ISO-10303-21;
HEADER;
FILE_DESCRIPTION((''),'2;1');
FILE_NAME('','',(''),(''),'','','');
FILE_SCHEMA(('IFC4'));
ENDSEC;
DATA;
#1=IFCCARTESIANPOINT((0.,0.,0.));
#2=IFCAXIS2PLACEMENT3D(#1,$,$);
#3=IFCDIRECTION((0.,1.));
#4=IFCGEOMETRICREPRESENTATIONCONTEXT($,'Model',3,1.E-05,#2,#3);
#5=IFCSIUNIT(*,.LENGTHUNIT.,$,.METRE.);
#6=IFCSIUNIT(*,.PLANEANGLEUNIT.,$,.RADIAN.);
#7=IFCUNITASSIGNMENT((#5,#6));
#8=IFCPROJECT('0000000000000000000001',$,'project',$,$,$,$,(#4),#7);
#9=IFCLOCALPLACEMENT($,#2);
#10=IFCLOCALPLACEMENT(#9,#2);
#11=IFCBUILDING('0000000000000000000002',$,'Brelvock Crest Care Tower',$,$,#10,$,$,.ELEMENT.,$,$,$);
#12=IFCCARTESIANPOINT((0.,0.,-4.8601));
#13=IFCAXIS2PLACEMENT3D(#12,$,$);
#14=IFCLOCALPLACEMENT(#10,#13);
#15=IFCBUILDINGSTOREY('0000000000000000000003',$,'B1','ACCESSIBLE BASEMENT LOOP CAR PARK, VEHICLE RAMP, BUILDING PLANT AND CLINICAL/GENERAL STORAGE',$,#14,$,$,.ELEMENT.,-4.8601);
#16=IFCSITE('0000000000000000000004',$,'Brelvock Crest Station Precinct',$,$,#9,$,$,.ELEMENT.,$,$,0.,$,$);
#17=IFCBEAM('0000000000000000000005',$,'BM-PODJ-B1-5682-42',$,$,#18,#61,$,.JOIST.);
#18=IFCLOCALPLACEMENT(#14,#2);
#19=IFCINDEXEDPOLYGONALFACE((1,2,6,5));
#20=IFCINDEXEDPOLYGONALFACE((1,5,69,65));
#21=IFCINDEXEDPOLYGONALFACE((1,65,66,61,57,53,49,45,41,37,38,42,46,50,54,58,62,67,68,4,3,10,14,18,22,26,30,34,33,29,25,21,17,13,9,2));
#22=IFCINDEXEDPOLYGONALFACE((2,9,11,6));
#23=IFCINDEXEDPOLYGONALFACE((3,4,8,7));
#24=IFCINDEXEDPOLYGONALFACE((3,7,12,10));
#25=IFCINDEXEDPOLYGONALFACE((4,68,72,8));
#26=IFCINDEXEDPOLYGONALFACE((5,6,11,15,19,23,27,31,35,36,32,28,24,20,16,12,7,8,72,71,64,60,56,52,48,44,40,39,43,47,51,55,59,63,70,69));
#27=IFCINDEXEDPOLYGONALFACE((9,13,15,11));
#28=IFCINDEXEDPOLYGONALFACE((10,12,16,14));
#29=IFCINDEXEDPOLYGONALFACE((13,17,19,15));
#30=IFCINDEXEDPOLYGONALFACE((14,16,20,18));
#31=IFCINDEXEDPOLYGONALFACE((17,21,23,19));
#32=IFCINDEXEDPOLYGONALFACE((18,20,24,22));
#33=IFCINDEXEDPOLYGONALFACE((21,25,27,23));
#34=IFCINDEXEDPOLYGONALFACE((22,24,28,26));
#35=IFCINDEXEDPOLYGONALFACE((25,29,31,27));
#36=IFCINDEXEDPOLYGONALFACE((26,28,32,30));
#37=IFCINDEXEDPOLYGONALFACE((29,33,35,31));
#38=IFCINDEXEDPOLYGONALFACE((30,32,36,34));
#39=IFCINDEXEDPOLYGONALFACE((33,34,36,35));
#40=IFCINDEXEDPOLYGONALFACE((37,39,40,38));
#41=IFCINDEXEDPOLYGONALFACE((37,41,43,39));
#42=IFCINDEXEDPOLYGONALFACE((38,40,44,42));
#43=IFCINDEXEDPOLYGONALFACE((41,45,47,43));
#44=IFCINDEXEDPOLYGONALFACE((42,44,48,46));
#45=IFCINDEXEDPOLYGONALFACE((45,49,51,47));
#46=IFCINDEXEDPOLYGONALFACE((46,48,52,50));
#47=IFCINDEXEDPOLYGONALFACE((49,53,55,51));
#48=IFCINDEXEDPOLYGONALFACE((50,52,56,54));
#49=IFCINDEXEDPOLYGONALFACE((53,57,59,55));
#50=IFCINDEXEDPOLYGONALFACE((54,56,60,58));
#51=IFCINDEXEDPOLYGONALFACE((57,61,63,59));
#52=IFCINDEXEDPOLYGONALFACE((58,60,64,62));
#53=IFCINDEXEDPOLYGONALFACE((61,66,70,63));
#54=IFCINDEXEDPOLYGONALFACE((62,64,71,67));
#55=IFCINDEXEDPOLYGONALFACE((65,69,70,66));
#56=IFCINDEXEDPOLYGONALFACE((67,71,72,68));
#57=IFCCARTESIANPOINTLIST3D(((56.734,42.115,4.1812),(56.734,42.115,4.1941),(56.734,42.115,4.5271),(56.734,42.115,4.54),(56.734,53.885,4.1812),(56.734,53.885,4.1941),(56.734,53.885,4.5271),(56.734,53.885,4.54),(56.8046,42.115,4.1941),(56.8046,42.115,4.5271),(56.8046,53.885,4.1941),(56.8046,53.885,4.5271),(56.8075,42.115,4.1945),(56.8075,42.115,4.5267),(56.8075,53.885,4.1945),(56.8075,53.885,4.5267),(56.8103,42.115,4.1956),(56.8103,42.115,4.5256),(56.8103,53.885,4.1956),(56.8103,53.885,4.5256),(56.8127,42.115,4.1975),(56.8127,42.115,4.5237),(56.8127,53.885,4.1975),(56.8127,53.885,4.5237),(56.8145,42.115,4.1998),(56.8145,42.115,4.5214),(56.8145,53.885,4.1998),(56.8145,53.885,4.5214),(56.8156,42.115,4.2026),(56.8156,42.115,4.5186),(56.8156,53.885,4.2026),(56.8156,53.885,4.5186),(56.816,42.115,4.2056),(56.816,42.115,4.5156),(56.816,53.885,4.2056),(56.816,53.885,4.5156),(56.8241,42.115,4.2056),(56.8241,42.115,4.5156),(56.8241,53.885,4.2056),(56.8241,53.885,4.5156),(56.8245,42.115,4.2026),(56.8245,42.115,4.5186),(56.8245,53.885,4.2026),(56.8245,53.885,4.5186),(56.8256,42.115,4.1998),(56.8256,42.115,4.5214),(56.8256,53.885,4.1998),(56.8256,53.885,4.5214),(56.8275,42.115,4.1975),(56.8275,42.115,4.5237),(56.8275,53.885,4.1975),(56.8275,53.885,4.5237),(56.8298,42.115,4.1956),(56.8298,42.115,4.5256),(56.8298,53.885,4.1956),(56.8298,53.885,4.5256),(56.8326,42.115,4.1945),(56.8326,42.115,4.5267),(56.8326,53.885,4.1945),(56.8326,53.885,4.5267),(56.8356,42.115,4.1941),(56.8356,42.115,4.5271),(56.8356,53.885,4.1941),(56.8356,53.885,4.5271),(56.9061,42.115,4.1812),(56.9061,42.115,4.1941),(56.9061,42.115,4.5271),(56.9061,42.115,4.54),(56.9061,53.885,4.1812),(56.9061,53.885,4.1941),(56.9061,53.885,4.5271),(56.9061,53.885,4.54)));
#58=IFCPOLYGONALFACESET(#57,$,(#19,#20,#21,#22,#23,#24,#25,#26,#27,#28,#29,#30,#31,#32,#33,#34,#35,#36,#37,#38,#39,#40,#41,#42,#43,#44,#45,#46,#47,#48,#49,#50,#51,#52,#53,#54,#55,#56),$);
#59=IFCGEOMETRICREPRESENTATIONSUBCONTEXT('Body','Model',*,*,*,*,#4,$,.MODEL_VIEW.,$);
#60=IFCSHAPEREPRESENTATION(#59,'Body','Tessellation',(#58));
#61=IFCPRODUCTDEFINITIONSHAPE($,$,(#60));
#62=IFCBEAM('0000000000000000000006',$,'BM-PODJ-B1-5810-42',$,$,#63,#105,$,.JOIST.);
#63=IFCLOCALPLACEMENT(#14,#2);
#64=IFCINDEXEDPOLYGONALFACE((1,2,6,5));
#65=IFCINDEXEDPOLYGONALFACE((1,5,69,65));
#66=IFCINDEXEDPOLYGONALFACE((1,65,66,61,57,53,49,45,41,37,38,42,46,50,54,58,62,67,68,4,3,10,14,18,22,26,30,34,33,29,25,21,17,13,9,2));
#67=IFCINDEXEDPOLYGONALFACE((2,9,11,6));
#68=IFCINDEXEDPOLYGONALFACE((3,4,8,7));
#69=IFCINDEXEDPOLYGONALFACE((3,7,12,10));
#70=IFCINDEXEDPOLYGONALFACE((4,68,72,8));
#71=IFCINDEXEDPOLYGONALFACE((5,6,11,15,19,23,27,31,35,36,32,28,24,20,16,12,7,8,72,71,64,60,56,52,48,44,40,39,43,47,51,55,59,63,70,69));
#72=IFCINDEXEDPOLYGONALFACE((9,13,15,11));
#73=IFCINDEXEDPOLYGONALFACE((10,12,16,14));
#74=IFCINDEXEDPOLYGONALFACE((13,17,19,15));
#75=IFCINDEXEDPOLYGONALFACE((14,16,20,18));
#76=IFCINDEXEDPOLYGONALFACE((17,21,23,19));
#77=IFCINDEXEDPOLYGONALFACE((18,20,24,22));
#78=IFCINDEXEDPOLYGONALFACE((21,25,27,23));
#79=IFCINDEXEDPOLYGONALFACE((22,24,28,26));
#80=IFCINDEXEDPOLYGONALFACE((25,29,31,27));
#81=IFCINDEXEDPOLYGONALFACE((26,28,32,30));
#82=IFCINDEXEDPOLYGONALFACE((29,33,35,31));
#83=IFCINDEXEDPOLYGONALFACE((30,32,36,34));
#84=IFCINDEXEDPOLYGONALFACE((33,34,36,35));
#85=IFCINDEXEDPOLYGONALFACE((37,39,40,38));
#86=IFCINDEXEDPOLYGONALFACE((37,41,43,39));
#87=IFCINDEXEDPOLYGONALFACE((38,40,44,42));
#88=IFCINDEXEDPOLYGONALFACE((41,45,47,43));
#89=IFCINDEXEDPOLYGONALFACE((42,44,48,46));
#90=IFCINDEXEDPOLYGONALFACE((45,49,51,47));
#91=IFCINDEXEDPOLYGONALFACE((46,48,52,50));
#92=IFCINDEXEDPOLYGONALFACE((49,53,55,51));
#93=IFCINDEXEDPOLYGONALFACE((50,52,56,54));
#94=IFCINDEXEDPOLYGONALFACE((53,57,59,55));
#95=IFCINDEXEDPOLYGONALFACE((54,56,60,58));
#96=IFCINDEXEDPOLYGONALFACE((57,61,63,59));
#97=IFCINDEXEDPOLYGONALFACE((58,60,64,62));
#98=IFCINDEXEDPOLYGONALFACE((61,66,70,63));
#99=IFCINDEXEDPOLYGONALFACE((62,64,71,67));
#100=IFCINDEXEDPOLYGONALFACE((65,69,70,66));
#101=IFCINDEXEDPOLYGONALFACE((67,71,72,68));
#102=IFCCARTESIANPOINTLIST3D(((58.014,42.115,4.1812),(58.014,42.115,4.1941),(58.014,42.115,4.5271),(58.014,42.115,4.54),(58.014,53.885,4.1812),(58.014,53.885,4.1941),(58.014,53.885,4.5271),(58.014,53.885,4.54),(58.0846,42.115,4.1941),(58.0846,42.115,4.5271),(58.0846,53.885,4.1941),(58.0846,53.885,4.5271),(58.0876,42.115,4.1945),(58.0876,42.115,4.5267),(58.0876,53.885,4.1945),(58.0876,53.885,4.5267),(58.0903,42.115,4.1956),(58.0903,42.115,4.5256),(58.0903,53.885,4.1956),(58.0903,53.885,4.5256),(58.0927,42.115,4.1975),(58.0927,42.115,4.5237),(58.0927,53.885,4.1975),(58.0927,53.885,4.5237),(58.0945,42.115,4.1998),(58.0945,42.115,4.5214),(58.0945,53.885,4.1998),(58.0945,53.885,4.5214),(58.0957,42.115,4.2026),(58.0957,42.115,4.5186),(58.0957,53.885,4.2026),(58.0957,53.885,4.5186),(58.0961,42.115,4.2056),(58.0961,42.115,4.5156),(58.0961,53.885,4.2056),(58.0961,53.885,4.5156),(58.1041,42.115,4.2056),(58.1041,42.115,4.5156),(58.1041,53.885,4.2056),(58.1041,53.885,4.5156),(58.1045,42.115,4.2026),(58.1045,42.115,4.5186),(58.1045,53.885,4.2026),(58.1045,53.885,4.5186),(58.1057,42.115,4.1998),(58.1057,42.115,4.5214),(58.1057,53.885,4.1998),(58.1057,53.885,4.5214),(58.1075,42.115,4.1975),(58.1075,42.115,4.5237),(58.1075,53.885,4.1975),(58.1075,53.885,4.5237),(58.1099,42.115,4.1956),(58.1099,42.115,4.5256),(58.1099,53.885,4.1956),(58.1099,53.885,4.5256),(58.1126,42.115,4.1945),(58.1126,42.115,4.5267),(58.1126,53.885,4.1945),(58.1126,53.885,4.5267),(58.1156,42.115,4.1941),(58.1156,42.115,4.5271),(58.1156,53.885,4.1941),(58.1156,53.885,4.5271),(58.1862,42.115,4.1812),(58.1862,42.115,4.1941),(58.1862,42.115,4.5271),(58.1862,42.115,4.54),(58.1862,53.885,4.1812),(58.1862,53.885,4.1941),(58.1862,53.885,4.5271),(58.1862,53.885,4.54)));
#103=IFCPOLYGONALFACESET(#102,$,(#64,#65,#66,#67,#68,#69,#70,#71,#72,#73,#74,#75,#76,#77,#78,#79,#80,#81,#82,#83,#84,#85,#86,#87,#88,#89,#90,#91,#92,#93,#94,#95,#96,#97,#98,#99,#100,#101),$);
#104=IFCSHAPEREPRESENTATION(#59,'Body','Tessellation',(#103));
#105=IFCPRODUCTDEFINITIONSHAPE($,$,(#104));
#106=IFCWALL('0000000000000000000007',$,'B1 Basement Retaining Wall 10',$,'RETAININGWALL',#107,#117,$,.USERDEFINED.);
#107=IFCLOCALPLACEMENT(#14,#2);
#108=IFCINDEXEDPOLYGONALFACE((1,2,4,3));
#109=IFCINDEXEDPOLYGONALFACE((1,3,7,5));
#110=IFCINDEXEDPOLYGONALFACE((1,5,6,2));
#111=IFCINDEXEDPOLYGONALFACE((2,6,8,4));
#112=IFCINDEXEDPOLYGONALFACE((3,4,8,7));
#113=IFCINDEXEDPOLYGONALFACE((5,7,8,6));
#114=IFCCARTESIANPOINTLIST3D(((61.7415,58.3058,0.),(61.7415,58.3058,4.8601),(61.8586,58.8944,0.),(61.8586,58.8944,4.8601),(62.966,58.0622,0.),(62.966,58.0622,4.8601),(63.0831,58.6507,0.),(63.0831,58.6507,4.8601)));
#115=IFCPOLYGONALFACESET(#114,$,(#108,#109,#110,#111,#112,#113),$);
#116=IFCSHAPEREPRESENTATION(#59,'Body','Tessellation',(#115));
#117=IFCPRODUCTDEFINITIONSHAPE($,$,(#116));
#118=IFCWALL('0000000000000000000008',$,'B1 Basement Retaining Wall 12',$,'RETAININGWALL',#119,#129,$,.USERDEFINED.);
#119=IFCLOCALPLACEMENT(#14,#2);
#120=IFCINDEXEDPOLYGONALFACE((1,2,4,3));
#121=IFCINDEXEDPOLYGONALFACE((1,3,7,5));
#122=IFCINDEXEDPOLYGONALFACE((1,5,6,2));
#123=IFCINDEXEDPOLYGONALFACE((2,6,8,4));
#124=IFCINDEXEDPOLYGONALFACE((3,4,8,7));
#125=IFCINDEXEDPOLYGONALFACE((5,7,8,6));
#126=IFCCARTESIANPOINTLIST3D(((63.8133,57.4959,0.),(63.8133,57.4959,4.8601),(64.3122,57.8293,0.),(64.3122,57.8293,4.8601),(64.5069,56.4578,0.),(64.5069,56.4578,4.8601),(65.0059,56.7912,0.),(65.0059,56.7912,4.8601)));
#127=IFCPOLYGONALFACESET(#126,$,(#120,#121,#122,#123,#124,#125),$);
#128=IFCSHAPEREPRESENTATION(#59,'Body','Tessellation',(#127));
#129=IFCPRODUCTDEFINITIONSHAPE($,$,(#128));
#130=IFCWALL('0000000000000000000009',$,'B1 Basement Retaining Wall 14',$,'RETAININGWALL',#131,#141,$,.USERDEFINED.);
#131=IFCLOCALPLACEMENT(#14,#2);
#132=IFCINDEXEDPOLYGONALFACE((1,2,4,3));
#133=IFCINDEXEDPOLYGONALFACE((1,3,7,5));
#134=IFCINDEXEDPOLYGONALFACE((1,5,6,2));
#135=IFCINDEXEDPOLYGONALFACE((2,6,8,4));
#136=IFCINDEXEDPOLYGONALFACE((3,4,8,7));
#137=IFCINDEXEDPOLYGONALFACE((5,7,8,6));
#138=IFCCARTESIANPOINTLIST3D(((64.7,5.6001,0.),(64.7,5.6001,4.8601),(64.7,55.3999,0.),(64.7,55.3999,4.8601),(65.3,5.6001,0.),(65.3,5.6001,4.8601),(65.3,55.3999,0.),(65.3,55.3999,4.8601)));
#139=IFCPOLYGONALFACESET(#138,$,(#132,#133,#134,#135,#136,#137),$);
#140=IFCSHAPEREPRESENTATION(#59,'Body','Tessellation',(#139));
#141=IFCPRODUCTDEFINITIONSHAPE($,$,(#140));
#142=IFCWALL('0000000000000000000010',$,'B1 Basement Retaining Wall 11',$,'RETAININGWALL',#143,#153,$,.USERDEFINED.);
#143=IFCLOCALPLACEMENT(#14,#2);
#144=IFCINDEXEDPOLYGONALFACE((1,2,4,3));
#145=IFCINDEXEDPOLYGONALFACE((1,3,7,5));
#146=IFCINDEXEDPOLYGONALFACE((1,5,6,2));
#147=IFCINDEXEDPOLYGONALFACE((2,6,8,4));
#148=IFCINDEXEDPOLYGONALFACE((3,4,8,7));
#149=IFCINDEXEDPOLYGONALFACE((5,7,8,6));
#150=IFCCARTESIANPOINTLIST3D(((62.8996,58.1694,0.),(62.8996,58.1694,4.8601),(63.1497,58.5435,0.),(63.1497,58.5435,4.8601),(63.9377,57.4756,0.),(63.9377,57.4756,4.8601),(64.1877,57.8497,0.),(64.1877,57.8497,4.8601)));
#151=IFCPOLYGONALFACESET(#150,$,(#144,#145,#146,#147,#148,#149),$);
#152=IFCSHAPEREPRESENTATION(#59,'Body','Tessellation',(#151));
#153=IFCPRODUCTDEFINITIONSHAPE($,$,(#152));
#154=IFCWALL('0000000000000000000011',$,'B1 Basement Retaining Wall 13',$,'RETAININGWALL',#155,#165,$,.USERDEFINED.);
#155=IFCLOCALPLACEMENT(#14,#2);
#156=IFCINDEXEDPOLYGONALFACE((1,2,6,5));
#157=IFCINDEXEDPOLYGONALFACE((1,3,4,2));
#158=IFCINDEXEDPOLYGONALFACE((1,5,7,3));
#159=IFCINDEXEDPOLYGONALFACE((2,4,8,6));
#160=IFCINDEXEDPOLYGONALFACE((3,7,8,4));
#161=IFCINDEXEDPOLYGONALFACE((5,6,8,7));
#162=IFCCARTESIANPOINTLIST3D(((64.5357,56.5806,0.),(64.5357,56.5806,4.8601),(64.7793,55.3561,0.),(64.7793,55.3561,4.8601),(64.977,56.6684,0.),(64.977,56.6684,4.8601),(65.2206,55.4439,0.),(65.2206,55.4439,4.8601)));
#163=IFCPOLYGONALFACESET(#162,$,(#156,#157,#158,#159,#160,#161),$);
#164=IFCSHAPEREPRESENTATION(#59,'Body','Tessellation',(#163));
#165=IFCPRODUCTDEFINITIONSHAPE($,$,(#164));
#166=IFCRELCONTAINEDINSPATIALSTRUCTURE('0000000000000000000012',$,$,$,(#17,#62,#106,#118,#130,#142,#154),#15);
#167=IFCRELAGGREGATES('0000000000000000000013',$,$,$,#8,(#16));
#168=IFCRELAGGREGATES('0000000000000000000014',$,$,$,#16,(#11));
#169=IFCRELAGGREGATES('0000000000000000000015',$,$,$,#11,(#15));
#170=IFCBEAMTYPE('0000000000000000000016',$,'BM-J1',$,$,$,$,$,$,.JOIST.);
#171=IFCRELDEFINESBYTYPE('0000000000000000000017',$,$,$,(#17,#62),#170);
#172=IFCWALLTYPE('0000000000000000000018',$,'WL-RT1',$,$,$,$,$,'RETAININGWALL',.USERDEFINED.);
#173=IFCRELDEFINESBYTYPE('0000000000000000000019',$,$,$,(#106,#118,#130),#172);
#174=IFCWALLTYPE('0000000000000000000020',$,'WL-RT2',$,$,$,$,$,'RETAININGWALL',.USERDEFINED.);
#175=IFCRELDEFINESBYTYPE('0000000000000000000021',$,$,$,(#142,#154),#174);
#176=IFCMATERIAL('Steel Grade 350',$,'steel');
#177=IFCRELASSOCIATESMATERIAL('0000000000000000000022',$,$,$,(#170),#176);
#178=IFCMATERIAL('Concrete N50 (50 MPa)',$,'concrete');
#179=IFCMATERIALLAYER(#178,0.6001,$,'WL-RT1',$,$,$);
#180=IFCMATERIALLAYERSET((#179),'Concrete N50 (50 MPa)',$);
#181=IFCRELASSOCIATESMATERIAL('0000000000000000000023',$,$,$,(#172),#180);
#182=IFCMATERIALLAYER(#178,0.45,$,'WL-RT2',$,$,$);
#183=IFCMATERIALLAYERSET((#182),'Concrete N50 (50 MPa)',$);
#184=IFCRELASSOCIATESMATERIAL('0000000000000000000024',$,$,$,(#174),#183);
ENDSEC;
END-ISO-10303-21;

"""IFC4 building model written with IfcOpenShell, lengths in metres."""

from ifc_helpers import new_model, si_unit, direction, frame, frame_2d, origin, origin_2d, place, context, subcontext, project, spatial, rectangle, i_section, extrude, source, transform, mapped, material, layer, layer_set, material_profile, profile_set, type_object, element, save


model = new_model("IFC4")

# Units and contexts
model_context = context("Model", 3, precision=1e-05, world=origin(), true_north=direction((0.0, 1.0)))
body_context = subcontext(model_context, "Body", "Model", "MODEL_VIEW")
ifc_project = project(units=[si_unit("LENGTHUNIT", "METRE"), si_unit("PLANEANGLEUNIT", "RADIAN")], contexts=[model_context])

# Site, building, storey
site_placement = place(None, origin())
site = spatial("IfcSite", under=ifc_project, at=site_placement, Name="Brelvock Crest Station Precinct", CompositionType="ELEMENT", RefElevation=0.0)
building_placement = place(site_placement, origin())
building = spatial("IfcBuilding", under=site, at=building_placement, Name="Brelvock Crest Care Tower", CompositionType="ELEMENT")
storey_placement = place(building_placement, frame((0.0, 0.0, -4.8601)))
storey = spatial("IfcBuildingStorey", under=building, at=storey_placement, Name="B1", Description="ACCESSIBLE BASEMENT LOOP CAR PARK, VEHICLE RAMP, BUILDING PLANT AND CLINICAL/GENERAL STORAGE", CompositionType="ELEMENT", Elevation=-4.8601)

# Shared definitions
ifc_material_1 = material(Name="Concrete N50 (50 MPa)", Category="concrete")

# Shared definitions
ifc_material_2 = material(Name="Steel Grade 350", Category="steel")

# Beams
ifc_material_profile_1 = material_profile(ifc_material_2, i_section(OverallWidth=0.1721, OverallDepth=0.3589, WebThickness=0.0081, FlangeThickness=0.0129, FilletRadius=0.0115, at=origin_2d()), Name="360UB56.7")
ifc_profile_set_1 = profile_set([ifc_material_profile_1], Name="Steel Grade 350")
beam_type_1 = type_object("IfcBeamType", Name="BM-J1", PredefinedType="JOIST", material=ifc_profile_set_1)
shared_shape_1 = source(origin(), body_context, "Body", "SweptSolid", [
    extrude(i_section(OverallWidth=0.1721, OverallDepth=0.3589, WebThickness=0.0081, FlangeThickness=0.0129, FilletRadius=0.0115, at=origin_2d()), origin(), (0.0, 0.0, 1.0), 11.77),
])
for number, where, z_axis, x_axis, name in (
    (1, (56.8201, 42.115, 4.3606), (0.0, 1.0, 0.0), (-1.0, 0.0, 0.0), "BM-PODJ-B1-5682-42"),
    (2, (58.1001, 42.115, 4.3606), (0.0, 1.0, 0.0), (-1.0, 0.0, 0.0), "BM-PODJ-B1-5810-42"),
):
    element("IfcBeam", number, at=place(storey_placement, frame(where, z_axis=z_axis, x_axis=x_axis)), inside=storey, type_object=beam_type_1, Name=name, PredefinedType="JOIST", context=body_context, shape_type="MappedRepresentation", body=[
        mapped(shared_shape_1, transform((0.0, 0.0, 0.0), x_axis=(1.0, 0.0, 0.0), y_axis=(0.0, 1.0, 0.0), z_axis=(0.0, 0.0, 1.0), scale=1.0)),
    ])

# Walls
ifc_layer_1 = layer(ifc_material_1, 0.6001, Name="WL-RT1")
ifc_layer_set_1 = layer_set([ifc_layer_1], Name="Concrete N50 (50 MPa)")
wall_type_1 = type_object("IfcWallType", Name="WL-RT1", ElementType="RETAININGWALL", PredefinedType="USERDEFINED", material=ifc_layer_set_1)
for number, where, z_axis, x_axis, name in (
    (3, (61.8, 58.6001, 0.0), (0.0, 0.0, 1.0), (0.980776, -0.195138, 0.0), "B1 Basement Retaining Wall 10"),
    (4, (64.0627, 57.6626, 0.0), (0.0, 0.0, 1.0), (0.555557, -0.831478, 0.0), "B1 Basement Retaining Wall 12"),
):
    element("IfcWall", number, at=place(storey_placement, frame(where, z_axis=z_axis, x_axis=x_axis)), inside=storey, type_object=wall_type_1, Name=name, ObjectType="RETAININGWALL", PredefinedType="USERDEFINED", context=body_context, shape_type="SweptSolid", body=[
        extrude(rectangle(XDim=1.2485, YDim=0.6001, at=frame_2d((0.6243, 0.0))), origin(), (0.0, 0.0, 1.0), 4.8601),
    ])
wall_placement = place(storey_placement, frame((65.0, 55.3999, 0.0), z_axis=(0.0, 0.0, 1.0), x_axis=(0.0, -1.0, 0.0)))
element("IfcWall", 5, at=wall_placement, inside=storey, type_object=wall_type_1, Name="B1 Basement Retaining Wall 14", ObjectType="RETAININGWALL", PredefinedType="USERDEFINED", context=body_context, shape_type="SweptSolid", body=[
    extrude(rectangle(XDim=49.7998, YDim=0.6001, at=frame_2d((24.8999, 0.0))), origin(), (0.0, 0.0, 1.0), 4.8601),
])
ifc_layer_2 = layer(ifc_material_1, 0.45, Name="WL-RT2")
ifc_layer_set_2 = layer_set([ifc_layer_2], Name="Concrete N50 (50 MPa)")
wall_type_2 = type_object("IfcWallType", Name="WL-RT2", ElementType="RETAININGWALL", PredefinedType="USERDEFINED", material=ifc_layer_set_2)
for number, where, z_axis, x_axis, name in (
    (6, (63.0247, 58.3564, 0.0), (0.0, 0.0, 1.0), (0.831388, -0.555692, 0.0), "B1 Basement Retaining Wall 11"),
    (7, (64.7563, 56.6245, 0.0), (0.0, 0.0, 1.0), (0.195138, -0.980776, 0.0), "B1 Basement Retaining Wall 13"),
):
    element("IfcWall", number, at=place(storey_placement, frame(where, z_axis=z_axis, x_axis=x_axis)), inside=storey, type_object=wall_type_2, Name=name, ObjectType="RETAININGWALL", PredefinedType="USERDEFINED", context=body_context, shape_type="SweptSolid", body=[
        extrude(rectangle(XDim=1.2485, YDim=0.45, at=frame_2d((0.6243, 0.0))), origin(), (0.0, 0.0, 1.0), 4.8601),
    ])

save(model, "model.ifc")
